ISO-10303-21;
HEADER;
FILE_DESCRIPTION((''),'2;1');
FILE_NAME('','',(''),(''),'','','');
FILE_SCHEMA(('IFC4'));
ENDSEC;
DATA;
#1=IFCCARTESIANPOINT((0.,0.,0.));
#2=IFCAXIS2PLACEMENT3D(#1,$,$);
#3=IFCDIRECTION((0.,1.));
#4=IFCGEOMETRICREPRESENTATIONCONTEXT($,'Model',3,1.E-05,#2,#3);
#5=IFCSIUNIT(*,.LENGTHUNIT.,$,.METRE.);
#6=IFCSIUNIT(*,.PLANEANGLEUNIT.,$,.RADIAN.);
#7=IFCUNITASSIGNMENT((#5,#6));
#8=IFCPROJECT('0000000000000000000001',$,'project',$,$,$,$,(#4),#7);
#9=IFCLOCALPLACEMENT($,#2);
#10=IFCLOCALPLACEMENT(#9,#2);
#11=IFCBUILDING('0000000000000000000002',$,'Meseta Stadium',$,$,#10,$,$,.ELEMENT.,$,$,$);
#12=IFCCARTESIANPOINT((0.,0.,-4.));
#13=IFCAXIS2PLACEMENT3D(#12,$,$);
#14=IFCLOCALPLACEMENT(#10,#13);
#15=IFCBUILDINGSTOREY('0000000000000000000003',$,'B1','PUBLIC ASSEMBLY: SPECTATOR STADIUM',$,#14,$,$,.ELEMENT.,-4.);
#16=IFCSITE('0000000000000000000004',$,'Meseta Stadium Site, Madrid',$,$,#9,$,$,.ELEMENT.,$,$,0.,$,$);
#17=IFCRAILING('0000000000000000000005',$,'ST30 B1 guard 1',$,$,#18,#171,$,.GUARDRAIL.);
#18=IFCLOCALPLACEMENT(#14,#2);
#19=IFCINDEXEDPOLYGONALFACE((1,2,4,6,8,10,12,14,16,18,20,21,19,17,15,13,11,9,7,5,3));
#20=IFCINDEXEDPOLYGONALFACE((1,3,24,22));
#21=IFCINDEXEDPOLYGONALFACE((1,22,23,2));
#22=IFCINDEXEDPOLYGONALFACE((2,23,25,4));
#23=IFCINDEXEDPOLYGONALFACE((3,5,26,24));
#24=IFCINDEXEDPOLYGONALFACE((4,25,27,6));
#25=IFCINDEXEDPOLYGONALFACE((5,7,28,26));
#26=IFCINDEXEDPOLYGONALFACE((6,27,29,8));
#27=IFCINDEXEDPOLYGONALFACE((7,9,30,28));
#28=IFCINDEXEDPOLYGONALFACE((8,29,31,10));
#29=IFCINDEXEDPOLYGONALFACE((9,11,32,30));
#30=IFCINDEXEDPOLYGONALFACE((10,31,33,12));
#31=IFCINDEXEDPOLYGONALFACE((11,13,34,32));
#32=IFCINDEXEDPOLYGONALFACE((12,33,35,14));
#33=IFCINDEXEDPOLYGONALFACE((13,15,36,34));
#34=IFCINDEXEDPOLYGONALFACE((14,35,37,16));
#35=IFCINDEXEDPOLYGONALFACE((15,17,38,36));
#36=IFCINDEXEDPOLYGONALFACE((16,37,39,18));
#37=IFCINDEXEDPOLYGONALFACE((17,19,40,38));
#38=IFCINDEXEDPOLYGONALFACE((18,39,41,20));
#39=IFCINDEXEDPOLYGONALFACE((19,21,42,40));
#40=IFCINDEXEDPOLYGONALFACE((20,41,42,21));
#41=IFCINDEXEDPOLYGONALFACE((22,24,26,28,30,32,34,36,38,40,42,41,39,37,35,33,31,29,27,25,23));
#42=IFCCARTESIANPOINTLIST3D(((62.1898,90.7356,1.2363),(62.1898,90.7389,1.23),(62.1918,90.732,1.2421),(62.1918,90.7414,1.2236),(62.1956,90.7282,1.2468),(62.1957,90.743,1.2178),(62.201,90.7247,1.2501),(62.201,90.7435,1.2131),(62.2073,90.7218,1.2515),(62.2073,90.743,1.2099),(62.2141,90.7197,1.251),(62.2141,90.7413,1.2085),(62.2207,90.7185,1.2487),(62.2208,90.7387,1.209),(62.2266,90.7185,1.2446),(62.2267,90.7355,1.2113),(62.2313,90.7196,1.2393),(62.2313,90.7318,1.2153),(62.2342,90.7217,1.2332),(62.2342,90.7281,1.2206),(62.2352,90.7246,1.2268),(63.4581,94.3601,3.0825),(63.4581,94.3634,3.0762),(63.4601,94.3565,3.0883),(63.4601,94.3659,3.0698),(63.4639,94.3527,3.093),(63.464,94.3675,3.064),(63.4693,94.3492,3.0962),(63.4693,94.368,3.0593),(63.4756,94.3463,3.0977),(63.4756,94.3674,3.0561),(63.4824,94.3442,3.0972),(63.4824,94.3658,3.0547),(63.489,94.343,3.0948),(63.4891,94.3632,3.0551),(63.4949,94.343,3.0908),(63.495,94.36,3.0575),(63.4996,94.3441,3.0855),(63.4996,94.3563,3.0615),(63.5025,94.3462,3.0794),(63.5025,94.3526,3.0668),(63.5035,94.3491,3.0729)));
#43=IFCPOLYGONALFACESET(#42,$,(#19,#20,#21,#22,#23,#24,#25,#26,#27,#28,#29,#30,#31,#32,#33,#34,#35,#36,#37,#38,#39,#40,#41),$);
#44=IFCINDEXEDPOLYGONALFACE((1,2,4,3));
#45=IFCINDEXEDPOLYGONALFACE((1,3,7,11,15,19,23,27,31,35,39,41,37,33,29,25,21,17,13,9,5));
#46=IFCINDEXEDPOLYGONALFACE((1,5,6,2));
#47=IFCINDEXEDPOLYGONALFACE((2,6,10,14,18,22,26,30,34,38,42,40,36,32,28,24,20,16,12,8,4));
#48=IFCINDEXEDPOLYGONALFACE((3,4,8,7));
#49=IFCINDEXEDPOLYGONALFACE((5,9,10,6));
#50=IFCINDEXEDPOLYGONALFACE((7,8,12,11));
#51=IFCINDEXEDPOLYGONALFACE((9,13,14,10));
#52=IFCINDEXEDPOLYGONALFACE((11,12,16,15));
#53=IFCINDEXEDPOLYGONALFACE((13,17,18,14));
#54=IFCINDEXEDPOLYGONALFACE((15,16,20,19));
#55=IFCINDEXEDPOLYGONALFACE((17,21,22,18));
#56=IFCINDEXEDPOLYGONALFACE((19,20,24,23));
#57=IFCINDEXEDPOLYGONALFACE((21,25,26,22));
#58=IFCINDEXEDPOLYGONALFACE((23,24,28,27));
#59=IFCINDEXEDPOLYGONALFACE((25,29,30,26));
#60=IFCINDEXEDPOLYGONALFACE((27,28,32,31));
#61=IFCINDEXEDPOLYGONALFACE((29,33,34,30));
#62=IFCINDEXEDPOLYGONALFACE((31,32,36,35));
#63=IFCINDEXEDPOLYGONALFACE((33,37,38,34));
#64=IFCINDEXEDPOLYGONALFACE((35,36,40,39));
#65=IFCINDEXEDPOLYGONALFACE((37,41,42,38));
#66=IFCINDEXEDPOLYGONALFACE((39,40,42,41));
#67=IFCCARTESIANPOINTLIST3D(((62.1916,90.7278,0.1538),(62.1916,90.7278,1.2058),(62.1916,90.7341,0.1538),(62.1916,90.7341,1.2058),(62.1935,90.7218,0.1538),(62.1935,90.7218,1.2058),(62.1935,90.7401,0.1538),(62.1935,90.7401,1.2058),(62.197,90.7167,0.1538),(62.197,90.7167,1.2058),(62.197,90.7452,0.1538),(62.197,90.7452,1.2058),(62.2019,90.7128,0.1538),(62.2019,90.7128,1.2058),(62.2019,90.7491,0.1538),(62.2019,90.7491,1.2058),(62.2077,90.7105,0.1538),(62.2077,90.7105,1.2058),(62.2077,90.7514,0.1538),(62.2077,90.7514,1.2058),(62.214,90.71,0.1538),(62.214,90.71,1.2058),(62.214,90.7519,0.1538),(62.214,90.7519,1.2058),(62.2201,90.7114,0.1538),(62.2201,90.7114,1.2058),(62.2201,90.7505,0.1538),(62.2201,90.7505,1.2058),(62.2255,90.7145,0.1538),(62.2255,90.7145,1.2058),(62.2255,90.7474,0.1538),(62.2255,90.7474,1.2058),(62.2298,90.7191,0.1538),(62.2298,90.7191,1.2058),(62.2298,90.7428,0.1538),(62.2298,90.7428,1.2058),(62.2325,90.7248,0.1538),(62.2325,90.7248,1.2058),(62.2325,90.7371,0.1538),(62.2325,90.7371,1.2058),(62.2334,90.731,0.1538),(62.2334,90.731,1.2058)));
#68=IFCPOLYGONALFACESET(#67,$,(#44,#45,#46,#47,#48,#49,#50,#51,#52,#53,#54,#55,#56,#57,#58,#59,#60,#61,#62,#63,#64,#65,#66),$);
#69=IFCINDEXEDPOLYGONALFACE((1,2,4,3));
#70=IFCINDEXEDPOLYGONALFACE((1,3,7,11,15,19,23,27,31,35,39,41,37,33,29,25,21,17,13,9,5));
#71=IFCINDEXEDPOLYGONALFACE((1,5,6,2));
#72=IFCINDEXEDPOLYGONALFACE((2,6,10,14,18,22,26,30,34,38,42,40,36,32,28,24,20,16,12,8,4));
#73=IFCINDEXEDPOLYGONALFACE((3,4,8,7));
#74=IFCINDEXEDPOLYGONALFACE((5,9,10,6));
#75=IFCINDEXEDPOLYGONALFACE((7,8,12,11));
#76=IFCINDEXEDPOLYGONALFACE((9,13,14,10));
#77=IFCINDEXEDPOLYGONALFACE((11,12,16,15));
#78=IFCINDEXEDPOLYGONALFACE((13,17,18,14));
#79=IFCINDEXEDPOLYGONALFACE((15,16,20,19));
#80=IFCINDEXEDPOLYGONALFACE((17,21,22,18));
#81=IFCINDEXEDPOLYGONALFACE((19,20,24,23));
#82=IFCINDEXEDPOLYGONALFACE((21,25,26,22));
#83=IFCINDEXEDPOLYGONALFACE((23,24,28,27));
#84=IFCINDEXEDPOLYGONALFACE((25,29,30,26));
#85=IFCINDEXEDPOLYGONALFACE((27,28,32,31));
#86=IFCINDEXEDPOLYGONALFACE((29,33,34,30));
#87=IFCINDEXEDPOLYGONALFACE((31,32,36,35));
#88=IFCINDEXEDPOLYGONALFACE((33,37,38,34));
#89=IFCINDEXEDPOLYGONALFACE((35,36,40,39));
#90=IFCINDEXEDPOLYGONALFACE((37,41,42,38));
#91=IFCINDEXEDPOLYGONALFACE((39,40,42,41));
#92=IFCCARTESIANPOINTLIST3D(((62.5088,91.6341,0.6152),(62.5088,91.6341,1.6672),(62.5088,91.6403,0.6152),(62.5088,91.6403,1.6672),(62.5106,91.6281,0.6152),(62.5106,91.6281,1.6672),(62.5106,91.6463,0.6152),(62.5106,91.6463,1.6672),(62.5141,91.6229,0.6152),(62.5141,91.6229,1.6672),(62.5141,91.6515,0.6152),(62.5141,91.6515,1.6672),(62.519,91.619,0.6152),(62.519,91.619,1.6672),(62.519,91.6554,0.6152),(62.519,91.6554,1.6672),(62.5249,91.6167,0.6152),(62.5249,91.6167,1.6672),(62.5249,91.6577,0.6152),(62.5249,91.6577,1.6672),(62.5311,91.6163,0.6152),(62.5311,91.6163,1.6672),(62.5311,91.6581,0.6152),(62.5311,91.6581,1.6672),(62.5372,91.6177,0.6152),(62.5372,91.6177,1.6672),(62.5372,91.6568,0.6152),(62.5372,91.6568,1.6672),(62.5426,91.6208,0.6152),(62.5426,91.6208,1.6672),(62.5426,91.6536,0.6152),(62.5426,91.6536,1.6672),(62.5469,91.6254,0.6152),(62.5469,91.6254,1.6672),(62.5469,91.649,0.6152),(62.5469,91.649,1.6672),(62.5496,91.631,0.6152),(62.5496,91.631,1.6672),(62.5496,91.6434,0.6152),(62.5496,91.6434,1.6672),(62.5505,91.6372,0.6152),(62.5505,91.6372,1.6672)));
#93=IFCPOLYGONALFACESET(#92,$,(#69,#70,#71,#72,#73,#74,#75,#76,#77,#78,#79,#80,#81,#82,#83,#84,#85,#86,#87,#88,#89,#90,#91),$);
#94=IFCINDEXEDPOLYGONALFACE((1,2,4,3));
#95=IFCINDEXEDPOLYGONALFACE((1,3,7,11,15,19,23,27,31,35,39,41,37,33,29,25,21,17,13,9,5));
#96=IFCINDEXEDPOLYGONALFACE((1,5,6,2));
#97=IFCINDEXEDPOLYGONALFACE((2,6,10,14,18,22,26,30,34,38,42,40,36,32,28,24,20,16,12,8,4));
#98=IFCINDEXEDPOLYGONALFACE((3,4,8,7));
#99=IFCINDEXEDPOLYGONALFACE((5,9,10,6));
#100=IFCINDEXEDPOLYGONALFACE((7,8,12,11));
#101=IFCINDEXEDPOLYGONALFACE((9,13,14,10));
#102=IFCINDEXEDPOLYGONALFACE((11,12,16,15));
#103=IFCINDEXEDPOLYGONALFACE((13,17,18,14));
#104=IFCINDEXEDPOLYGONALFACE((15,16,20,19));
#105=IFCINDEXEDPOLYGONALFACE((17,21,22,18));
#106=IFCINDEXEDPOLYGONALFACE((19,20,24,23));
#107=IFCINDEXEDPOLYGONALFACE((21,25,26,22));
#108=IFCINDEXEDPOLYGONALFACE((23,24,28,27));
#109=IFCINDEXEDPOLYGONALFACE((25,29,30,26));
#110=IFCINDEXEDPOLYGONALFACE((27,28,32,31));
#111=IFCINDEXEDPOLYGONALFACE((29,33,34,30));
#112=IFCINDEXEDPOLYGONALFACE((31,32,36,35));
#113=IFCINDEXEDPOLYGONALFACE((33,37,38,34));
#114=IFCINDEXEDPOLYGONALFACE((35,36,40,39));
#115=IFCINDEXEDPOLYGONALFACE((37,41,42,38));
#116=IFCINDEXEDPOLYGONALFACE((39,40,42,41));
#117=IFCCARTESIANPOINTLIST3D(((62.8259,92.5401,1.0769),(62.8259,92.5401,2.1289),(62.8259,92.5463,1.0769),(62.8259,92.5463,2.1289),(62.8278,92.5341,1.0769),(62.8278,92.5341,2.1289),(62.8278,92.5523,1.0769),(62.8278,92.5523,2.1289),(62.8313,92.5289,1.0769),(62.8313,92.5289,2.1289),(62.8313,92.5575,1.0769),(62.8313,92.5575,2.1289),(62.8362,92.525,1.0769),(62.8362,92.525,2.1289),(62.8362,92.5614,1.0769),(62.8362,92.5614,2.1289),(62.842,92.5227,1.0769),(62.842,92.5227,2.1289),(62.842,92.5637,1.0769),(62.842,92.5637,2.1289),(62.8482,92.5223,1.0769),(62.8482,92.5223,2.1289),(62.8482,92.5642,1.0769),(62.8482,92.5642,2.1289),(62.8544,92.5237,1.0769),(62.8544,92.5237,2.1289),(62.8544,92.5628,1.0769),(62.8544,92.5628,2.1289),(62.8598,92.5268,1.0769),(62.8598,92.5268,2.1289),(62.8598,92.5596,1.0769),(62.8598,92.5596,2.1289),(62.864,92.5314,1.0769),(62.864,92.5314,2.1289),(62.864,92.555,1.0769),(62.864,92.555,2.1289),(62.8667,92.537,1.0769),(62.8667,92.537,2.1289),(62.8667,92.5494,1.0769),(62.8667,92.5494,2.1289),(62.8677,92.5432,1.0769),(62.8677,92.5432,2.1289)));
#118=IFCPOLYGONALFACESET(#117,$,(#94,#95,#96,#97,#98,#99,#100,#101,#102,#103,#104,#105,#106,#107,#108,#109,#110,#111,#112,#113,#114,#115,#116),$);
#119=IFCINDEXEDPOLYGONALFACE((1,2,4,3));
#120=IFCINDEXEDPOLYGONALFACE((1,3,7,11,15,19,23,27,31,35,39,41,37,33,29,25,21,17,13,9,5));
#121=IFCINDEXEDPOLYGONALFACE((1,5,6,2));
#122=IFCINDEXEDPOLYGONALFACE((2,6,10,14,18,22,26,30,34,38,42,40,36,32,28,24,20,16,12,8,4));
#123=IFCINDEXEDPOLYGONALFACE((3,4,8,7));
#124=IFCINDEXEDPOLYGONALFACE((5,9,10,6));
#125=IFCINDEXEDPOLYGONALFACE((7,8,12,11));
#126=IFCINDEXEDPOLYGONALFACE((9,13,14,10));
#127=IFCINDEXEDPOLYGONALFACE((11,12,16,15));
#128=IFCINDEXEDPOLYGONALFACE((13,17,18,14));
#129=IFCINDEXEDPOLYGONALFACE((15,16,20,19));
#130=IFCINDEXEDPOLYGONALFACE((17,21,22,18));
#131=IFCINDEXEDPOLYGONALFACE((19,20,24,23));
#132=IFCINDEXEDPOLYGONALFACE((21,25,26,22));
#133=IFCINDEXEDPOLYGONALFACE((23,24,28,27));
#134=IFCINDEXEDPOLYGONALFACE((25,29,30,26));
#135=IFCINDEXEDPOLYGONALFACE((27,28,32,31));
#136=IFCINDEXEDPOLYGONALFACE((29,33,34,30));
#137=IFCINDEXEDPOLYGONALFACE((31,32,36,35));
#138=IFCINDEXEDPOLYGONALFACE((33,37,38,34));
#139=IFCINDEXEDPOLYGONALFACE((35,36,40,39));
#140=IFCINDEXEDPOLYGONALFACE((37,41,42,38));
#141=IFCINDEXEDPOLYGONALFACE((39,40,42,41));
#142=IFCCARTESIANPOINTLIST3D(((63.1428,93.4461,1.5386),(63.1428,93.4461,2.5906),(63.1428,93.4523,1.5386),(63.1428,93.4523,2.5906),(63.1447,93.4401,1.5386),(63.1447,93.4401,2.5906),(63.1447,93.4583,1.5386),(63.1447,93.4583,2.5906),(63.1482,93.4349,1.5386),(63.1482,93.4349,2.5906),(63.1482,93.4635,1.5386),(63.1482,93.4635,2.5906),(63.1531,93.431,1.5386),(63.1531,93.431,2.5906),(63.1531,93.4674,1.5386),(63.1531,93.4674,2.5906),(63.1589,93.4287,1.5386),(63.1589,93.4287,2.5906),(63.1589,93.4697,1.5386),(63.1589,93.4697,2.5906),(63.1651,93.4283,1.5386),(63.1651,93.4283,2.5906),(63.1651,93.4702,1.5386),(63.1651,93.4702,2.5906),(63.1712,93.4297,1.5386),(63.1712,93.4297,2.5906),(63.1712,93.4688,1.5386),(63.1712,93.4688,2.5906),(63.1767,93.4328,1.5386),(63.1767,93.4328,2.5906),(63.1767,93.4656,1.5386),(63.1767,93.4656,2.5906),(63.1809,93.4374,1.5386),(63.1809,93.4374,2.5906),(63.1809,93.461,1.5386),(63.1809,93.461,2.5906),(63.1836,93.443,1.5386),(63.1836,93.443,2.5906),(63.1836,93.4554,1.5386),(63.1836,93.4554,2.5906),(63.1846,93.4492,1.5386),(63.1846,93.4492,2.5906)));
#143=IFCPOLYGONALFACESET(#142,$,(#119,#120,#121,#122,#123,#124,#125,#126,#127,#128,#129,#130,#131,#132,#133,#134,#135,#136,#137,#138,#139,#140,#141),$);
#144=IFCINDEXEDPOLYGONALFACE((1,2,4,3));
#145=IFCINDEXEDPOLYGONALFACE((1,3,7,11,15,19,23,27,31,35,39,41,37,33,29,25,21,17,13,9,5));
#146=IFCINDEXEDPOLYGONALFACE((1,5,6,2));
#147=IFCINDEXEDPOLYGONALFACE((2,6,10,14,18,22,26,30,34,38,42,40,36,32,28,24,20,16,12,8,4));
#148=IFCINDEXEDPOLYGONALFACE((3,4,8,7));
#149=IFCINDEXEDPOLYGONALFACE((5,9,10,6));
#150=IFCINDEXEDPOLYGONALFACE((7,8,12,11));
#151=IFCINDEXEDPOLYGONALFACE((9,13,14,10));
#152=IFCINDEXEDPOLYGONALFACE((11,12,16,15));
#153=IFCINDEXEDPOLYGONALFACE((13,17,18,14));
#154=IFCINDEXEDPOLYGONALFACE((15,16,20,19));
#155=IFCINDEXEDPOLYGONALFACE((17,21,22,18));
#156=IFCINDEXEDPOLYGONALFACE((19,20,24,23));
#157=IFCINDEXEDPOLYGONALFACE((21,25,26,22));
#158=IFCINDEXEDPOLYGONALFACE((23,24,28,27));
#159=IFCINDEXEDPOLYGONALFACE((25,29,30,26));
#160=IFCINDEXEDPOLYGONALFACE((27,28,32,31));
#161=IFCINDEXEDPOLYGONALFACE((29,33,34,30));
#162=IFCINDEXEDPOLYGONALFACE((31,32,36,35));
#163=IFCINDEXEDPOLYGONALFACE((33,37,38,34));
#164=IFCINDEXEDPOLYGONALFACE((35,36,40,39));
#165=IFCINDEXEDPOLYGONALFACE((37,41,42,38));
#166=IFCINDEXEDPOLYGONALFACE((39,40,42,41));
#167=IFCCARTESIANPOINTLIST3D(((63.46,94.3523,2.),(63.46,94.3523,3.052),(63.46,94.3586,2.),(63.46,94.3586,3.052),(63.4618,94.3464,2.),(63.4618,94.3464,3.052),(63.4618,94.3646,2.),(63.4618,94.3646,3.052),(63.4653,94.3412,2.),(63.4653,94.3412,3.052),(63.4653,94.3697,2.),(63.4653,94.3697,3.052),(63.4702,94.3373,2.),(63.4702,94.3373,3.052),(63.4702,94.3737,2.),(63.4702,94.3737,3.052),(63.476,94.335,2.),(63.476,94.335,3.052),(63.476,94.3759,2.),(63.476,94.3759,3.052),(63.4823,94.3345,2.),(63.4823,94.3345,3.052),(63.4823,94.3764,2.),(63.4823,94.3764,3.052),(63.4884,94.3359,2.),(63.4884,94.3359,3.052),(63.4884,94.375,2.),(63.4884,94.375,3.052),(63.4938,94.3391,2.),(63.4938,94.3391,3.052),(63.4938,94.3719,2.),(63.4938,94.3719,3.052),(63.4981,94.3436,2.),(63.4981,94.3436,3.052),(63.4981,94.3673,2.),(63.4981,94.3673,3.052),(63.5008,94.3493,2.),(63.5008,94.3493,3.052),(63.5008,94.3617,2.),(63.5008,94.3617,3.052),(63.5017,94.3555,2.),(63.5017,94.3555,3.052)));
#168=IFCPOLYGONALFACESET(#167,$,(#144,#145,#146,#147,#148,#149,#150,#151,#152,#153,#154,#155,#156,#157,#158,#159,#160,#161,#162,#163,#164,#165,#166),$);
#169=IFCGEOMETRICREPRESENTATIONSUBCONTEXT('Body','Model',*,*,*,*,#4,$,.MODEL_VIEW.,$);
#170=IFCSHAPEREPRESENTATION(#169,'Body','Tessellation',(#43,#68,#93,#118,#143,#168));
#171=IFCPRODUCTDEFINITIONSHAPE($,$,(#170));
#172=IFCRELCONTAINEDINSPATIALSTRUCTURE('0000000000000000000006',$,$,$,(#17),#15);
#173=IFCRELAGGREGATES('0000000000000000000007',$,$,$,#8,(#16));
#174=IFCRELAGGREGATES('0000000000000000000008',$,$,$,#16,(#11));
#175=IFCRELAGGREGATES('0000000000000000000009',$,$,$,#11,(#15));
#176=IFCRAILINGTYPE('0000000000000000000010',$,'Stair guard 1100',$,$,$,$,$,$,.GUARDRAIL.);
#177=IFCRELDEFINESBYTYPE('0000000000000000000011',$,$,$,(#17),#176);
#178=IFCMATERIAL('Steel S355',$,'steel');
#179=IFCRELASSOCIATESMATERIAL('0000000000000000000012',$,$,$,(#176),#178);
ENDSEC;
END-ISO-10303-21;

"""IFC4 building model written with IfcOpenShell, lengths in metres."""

from ifc_helpers import new_model, si_unit, direction, frame, origin, origin_2d, place, context, subcontext, project, spatial, circle, extrude, material, type_object, element, save


model = new_model("IFC4")

# Units and contexts
model_context = context("Model", 3, precision=1e-05, world=origin(), true_north=direction((0.0, 1.0)))
body_context = subcontext(model_context, "Body", "Model", "MODEL_VIEW")
ifc_project = project(units=[si_unit("LENGTHUNIT", "METRE"), si_unit("PLANEANGLEUNIT", "RADIAN")], contexts=[model_context])

# Site, building, storey
site_placement = place(None, origin())
site = spatial("IfcSite", under=ifc_project, at=site_placement, Name="Meseta Stadium Site, Madrid", CompositionType="ELEMENT", RefElevation=0.0)
building_placement = place(site_placement, origin())
building = spatial("IfcBuilding", under=site, at=building_placement, Name="Meseta Stadium", CompositionType="ELEMENT")
storey_placement = place(building_placement, frame((0.0, 0.0, -4.0)))
storey = spatial("IfcBuildingStorey", under=building, at=storey_placement, Name="B1", Description="PUBLIC ASSEMBLY: SPECTATOR STADIUM", CompositionType="ELEMENT", Elevation=-4.0)

# Railing
ifc_material_1 = material(Name="Steel S355", Category="steel")
railing_type_1 = type_object("IfcRailingType", Name="Stair guard 1100", PredefinedType="GUARDRAIL", material=ifc_material_1)
railing_1_placement = place(storey_placement, frame((62.2124, 90.731, 0.1538)))
element("IfcRailing", 1, at=railing_1_placement, inside=storey, type_object=railing_type_1, Name="ST30 B1 guard 1", PredefinedType="GUARDRAIL", context=body_context, shape_type="SweptSolid", body=[
    extrude(circle(Radius=0.0239, at=origin_2d()), frame((0.0, 0.0, 1.0762), z_axis=(0.297672, 0.850672, 0.4333), x_axis=(-0.94388, 0.330288, 0.0)), (0.0, 0.0, 1.0), 4.2607),
    extrude(circle(Radius=0.021, at=origin_2d()), origin(), (0.0, 0.0, 1.0), 1.052),
    extrude(circle(Radius=0.021, at=origin_2d()), frame((0.3171, 0.9062, 0.4614)), (0.0, 0.0, 1.0), 1.052),
    extrude(circle(Radius=0.021, at=origin_2d()), frame((0.6343, 1.8123, 0.9231)), (0.0, 0.0, 1.0), 1.052),
    extrude(circle(Radius=0.021, at=origin_2d()), frame((0.9512, 2.7183, 1.3848)), (0.0, 0.0, 1.0), 1.052),
    extrude(circle(Radius=0.021, at=origin_2d()), frame((1.2683, 3.6245, 1.8462)), (0.0, 0.0, 1.0), 1.052),
])

save(model, "model.ifc")
